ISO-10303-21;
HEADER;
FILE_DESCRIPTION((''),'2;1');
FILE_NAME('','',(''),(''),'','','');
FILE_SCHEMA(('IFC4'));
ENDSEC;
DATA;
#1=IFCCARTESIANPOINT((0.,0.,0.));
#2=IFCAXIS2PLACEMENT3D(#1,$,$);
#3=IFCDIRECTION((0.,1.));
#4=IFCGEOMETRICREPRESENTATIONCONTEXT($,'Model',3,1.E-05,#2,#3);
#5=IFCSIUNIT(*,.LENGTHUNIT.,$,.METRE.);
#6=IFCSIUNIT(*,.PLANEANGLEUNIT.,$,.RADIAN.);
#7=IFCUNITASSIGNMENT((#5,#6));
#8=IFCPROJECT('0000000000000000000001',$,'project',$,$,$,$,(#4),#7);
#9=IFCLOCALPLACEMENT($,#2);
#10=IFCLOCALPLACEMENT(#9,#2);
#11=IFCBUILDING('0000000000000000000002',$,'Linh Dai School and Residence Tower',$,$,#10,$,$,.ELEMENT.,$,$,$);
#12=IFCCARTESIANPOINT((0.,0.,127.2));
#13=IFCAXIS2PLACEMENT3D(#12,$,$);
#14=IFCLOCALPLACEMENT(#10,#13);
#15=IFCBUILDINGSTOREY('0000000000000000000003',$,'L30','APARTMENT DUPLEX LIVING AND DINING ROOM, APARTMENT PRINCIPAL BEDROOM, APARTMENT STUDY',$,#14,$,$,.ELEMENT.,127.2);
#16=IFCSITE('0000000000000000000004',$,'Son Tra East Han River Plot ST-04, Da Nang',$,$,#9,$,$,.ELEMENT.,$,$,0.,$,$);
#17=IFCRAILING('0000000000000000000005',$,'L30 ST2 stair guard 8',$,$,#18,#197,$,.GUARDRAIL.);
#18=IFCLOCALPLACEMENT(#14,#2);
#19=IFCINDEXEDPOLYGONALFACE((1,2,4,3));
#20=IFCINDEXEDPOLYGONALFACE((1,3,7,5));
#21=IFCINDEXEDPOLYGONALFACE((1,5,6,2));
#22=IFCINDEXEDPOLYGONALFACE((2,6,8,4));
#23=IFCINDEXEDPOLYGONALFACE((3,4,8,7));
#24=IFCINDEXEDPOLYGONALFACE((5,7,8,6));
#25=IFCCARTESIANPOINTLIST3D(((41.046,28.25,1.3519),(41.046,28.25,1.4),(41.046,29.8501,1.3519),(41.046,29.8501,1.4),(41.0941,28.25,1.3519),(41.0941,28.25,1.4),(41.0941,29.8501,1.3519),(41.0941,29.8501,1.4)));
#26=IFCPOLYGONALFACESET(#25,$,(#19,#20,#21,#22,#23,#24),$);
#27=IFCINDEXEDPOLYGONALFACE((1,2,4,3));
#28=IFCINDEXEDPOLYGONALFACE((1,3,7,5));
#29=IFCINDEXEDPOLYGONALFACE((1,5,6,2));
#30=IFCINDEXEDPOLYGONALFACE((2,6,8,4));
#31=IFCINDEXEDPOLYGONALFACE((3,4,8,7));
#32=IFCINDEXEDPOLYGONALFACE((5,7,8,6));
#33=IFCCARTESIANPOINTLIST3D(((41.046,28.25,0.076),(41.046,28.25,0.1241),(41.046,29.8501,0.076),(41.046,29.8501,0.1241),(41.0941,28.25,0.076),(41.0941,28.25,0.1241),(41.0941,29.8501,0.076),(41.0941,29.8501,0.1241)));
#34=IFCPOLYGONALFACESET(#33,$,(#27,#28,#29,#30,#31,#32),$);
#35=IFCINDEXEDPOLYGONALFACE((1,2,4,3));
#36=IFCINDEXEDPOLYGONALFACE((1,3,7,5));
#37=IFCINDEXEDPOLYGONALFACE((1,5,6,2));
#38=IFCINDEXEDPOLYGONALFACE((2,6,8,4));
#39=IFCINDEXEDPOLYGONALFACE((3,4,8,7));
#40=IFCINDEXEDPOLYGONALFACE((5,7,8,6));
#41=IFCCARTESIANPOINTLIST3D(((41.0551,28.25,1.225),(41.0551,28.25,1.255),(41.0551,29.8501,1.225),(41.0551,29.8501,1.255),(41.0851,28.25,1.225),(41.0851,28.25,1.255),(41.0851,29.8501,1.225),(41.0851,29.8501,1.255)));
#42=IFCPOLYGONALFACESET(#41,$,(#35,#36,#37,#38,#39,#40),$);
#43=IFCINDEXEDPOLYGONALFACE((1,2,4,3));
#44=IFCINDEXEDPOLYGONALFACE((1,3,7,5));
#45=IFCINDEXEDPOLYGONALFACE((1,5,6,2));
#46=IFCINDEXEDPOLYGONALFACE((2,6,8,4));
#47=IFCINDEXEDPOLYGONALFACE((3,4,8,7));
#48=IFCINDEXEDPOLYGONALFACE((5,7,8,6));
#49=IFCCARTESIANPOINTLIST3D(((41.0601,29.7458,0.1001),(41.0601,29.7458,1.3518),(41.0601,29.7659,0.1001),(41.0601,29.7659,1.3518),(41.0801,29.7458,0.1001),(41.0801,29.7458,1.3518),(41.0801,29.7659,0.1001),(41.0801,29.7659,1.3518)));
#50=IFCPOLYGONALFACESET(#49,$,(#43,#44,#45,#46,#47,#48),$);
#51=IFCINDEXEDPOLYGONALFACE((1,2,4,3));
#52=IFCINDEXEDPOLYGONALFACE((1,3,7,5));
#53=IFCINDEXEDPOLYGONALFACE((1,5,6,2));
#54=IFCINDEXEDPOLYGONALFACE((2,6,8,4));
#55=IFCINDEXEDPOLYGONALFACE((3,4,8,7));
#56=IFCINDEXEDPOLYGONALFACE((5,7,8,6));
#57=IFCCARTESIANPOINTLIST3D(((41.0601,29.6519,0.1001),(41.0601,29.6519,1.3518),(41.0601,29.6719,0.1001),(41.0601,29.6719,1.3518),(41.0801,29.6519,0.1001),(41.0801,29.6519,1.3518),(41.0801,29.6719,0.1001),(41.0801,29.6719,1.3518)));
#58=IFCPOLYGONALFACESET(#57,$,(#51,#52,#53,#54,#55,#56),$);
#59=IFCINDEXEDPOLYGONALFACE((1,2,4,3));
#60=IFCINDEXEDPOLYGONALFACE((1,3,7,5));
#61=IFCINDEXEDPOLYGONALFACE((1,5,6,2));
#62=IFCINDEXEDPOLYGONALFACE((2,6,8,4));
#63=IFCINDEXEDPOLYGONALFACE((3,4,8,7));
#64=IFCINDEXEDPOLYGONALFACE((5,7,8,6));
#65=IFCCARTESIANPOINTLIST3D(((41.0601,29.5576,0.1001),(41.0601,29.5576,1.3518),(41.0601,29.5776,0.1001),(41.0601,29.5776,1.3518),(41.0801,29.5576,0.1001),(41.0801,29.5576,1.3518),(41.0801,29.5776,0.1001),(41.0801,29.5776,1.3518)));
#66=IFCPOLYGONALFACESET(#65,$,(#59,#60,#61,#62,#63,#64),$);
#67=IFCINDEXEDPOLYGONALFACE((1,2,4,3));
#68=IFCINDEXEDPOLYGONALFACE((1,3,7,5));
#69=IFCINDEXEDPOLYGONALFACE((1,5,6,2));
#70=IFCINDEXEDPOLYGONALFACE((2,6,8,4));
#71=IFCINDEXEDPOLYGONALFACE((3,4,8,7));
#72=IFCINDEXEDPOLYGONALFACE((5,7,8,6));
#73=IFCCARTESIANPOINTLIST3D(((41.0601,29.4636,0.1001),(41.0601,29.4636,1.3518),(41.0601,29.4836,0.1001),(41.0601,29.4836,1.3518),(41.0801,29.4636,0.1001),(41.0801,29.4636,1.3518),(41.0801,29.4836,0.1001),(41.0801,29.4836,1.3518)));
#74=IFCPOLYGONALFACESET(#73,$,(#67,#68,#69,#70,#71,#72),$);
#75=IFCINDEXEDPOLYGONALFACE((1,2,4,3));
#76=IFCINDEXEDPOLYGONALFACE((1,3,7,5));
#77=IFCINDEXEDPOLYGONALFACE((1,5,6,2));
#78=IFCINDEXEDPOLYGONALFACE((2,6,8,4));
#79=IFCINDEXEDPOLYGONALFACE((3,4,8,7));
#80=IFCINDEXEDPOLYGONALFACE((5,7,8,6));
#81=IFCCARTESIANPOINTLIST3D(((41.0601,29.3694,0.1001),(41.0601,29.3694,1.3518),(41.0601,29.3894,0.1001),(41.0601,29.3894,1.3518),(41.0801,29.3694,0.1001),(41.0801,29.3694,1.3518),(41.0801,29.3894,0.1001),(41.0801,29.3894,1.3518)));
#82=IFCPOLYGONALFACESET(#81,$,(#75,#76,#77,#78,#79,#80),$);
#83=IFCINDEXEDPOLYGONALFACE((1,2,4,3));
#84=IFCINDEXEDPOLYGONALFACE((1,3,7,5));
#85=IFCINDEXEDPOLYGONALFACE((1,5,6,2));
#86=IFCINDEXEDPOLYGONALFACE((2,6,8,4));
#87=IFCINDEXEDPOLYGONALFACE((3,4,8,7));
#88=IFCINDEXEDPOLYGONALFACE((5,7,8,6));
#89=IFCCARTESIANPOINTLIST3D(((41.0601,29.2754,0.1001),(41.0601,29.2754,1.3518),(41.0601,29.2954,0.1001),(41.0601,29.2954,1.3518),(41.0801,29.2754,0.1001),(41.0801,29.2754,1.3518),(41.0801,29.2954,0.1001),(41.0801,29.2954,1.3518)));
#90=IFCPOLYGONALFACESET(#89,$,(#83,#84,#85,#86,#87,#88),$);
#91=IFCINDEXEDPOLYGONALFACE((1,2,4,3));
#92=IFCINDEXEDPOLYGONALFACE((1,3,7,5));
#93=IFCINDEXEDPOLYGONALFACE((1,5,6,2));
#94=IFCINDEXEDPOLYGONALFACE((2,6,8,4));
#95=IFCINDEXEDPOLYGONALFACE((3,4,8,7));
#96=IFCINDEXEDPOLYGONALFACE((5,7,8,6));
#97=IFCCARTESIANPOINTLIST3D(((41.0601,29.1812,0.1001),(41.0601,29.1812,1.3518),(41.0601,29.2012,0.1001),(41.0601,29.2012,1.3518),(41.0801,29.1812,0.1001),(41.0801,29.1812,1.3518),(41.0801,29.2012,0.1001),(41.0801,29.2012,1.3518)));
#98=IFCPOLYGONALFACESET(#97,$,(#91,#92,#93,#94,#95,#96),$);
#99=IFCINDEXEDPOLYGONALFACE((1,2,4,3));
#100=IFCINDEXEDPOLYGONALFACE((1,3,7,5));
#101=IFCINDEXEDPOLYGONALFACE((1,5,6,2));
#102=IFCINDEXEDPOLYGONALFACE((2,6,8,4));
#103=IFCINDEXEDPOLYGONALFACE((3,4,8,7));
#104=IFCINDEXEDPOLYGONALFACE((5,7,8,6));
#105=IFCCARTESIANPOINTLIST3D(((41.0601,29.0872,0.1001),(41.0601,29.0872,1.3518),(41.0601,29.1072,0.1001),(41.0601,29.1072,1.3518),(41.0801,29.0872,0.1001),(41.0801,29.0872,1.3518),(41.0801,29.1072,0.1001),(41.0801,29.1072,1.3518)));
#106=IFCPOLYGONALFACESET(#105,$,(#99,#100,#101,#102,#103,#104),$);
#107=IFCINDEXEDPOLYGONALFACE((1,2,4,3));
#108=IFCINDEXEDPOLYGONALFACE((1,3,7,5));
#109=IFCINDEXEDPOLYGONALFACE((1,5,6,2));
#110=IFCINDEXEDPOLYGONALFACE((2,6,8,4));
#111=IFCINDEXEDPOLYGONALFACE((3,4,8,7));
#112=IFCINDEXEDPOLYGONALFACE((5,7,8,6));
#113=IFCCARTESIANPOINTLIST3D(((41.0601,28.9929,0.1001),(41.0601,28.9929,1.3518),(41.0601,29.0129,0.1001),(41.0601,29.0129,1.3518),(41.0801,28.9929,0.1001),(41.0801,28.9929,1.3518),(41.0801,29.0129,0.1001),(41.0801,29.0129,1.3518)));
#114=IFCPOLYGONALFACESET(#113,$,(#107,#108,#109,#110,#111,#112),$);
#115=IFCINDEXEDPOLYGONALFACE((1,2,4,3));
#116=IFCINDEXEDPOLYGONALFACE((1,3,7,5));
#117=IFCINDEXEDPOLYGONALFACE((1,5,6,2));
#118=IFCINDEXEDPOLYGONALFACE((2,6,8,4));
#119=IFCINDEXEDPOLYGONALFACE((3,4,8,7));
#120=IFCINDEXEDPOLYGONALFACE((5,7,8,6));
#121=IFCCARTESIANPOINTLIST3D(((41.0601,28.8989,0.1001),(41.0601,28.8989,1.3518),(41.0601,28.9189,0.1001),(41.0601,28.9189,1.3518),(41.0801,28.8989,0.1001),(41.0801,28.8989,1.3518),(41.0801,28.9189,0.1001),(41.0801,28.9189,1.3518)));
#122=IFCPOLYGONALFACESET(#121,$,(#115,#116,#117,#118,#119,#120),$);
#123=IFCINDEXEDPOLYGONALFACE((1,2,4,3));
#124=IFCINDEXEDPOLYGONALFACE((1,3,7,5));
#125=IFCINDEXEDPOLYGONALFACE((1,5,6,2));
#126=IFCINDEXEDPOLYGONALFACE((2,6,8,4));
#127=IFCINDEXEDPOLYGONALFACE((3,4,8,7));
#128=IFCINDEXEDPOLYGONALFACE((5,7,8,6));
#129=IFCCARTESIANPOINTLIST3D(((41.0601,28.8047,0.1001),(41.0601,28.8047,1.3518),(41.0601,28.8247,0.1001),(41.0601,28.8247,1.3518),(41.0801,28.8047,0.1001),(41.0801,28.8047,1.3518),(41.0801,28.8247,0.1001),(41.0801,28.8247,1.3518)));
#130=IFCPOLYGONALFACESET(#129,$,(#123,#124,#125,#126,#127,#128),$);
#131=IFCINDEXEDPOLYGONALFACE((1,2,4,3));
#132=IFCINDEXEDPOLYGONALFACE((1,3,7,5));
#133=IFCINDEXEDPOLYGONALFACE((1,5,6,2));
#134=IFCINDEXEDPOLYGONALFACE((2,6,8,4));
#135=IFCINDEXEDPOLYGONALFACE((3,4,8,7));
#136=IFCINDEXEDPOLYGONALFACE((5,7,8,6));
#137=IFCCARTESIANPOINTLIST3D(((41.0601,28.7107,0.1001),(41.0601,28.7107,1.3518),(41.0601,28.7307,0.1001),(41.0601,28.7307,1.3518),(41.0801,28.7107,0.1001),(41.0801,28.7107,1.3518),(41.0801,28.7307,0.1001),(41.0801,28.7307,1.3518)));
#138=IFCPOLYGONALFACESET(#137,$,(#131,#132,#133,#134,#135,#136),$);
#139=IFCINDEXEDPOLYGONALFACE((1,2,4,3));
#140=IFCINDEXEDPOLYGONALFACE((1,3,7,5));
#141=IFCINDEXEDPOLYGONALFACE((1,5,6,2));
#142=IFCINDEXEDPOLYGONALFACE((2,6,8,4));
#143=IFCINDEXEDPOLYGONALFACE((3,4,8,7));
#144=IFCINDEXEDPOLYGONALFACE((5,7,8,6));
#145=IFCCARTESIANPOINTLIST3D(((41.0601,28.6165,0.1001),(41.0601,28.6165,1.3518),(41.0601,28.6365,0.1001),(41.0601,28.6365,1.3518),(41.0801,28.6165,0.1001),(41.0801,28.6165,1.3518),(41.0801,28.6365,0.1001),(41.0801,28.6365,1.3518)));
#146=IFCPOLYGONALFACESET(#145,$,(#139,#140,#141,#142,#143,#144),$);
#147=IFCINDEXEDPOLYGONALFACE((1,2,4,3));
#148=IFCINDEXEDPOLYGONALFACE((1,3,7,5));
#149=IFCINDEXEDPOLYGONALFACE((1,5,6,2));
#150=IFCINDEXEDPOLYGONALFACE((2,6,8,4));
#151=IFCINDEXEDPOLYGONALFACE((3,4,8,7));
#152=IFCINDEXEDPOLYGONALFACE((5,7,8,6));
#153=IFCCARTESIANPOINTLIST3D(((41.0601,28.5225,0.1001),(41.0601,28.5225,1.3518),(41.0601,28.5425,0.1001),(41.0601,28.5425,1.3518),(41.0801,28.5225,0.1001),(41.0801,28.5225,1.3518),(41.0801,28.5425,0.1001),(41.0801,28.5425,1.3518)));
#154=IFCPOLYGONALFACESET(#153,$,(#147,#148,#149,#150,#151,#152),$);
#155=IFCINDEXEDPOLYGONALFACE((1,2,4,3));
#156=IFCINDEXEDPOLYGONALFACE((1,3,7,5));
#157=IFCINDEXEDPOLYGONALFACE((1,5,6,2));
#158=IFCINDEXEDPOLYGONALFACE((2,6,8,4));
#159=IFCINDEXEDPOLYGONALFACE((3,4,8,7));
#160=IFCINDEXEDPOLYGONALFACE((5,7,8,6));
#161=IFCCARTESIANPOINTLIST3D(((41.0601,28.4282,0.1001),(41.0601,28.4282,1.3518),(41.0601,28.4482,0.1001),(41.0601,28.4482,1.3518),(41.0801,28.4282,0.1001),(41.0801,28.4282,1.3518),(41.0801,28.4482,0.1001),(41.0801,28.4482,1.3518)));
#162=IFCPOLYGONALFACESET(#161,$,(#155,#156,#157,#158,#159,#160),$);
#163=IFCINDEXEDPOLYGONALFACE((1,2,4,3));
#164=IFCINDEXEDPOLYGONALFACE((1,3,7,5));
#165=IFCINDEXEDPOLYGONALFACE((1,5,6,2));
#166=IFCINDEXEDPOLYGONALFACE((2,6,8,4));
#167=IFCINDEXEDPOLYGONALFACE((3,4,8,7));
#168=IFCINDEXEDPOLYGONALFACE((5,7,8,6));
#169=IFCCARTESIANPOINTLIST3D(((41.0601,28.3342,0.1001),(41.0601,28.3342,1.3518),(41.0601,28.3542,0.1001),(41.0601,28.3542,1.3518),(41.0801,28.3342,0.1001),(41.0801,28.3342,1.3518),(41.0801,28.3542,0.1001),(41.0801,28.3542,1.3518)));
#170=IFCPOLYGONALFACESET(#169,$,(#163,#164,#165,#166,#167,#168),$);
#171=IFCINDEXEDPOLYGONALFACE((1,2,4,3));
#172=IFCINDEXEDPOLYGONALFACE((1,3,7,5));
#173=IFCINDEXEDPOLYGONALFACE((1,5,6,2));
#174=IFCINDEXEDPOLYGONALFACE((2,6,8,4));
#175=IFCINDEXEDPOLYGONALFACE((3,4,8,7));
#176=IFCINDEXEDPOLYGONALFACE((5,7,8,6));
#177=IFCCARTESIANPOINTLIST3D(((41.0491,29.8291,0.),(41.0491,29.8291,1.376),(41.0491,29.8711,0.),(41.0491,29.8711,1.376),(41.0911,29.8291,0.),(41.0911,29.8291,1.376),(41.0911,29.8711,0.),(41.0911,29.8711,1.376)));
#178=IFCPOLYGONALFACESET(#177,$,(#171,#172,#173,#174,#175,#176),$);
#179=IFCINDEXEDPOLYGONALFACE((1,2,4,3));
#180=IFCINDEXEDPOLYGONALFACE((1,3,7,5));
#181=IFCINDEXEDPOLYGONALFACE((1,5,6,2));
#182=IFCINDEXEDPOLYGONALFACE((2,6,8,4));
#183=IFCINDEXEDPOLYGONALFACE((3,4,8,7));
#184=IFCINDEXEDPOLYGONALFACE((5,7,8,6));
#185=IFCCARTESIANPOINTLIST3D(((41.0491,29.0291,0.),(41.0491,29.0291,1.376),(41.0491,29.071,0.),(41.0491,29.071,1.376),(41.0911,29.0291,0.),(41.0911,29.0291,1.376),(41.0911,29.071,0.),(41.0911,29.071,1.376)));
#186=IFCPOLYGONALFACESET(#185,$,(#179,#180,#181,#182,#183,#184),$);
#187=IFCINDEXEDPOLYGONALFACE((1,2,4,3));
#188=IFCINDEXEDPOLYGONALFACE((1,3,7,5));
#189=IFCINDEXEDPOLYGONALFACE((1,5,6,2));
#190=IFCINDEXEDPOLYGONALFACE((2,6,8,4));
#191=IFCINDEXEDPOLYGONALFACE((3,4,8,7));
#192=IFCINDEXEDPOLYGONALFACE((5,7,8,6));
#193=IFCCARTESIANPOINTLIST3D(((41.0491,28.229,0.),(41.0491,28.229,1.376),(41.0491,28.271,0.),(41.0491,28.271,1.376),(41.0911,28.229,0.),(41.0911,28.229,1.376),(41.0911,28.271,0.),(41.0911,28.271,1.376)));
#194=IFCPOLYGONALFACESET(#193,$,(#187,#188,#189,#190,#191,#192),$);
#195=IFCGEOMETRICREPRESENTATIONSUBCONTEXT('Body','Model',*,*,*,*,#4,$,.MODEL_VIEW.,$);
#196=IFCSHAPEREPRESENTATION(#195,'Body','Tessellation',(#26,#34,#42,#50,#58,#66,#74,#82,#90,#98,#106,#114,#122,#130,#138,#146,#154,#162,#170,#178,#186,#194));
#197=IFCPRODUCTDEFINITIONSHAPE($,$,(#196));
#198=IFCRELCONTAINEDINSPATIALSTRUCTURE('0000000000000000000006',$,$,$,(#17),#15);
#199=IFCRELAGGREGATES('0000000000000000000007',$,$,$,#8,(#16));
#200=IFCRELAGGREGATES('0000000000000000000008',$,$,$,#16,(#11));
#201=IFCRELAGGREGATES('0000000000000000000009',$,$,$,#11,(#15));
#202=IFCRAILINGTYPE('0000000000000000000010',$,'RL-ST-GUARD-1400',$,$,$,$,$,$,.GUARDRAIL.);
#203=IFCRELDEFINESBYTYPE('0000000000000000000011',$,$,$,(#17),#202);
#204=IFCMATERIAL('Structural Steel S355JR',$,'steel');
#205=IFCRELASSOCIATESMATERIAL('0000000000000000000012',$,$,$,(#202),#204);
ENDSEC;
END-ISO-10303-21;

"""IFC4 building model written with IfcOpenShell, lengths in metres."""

from ifc_helpers import new_model, si_unit, direction, frame, origin, origin_2d, place, context, subcontext, project, spatial, rectangle, extrude, source, transform, mapped, material, type_object, element, save


model = new_model("IFC4")

# Units and contexts
model_context = context("Model", 3, precision=1e-05, world=origin(), true_north=direction((0.0, 1.0)))
body_context = subcontext(model_context, "Body", "Model", "MODEL_VIEW")
ifc_project = project(units=[si_unit("LENGTHUNIT", "METRE"), si_unit("PLANEANGLEUNIT", "RADIAN")], contexts=[model_context])

# Site, building, storey
site_placement = place(None, origin())
site = spatial("IfcSite", under=ifc_project, at=site_placement, Name="Son Tra East Han River Plot ST-04, Da Nang", CompositionType="ELEMENT", RefElevation=0.0)
building_placement = place(site_placement, origin())
building = spatial("IfcBuilding", under=site, at=building_placement, Name="Linh Dai School and Residence Tower", CompositionType="ELEMENT")
storey_placement = place(building_placement, frame((0.0, 0.0, 127.2)))
storey = spatial("IfcBuildingStorey", under=building, at=storey_placement, Name="L30", Description="APARTMENT DUPLEX LIVING AND DINING ROOM, APARTMENT PRINCIPAL BEDROOM, APARTMENT STUDY", CompositionType="ELEMENT", Elevation=127.2)

# Shared definitions
ifc_material_1 = material(Name="Structural Steel S355JR", Category="steel")

# Railing
railing_type_1 = type_object("IfcRailingType", Name="RL-ST-GUARD-1400", PredefinedType="GUARDRAIL", material=ifc_material_1)
shared_shape_1 = source(origin(), body_context, "Body", "SweptSolid", [
    extrude(rectangle(XDim=0.0481, YDim=0.0481, at=origin_2d()), frame((0.0, 0.0, 1.376), z_axis=(0.0, -1.0, 0.0), x_axis=(1.0, 0.0, 0.0)), (0.0, 0.0, 1.0), 1.6001),
    extrude(rectangle(XDim=0.0481, YDim=0.0481, at=origin_2d()), frame((0.0, 0.0, 0.1001), z_axis=(0.0, -1.0, 0.0), x_axis=(1.0, 0.0, 0.0)), (0.0, 0.0, 1.0), 1.6001),
    extrude(rectangle(XDim=0.03, YDim=0.03, at=origin_2d()), frame((0.0, 0.0, 1.24), z_axis=(0.0, -1.0, 0.0), x_axis=(1.0, 0.0, 0.0)), (0.0, 0.0, 1.0), 1.6001),
    extrude(rectangle(XDim=0.02, YDim=0.02, at=origin_2d()), frame((0.0, -0.0942, 0.1001)), (0.0, 0.0, 1.0), 1.2517),
    extrude(rectangle(XDim=0.02, YDim=0.02, at=origin_2d()), frame((0.0, -0.1882, 0.1001)), (0.0, 0.0, 1.0), 1.2517),
    extrude(rectangle(XDim=0.02, YDim=0.02, at=origin_2d()), frame((0.0, -0.2825, 0.1001)), (0.0, 0.0, 1.0), 1.2517),
    extrude(rectangle(XDim=0.02, YDim=0.02, at=origin_2d()), frame((0.0, -0.3765, 0.1001)), (0.0, 0.0, 1.0), 1.2517),
    extrude(rectangle(XDim=0.02, YDim=0.02, at=origin_2d()), frame((0.0, -0.4707, 0.1001)), (0.0, 0.0, 1.0), 1.2517),
    extrude(rectangle(XDim=0.02, YDim=0.02, at=origin_2d()), frame((0.0, -0.5647, 0.1001)), (0.0, 0.0, 1.0), 1.2517),
    extrude(rectangle(XDim=0.02, YDim=0.02, at=origin_2d()), frame((0.0, -0.6589, 0.1001)), (0.0, 0.0, 1.0), 1.2517),
    extrude(rectangle(XDim=0.02, YDim=0.02, at=origin_2d()), frame((0.0, -0.7529, 0.1001)), (0.0, 0.0, 1.0), 1.2517),
    extrude(rectangle(XDim=0.02, YDim=0.02, at=origin_2d()), frame((0.0, -0.8472, 0.1001)), (0.0, 0.0, 1.0), 1.2517),
    extrude(rectangle(XDim=0.02, YDim=0.02, at=origin_2d()), frame((0.0, -0.9412, 0.1001)), (0.0, 0.0, 1.0), 1.2517),
    extrude(rectangle(XDim=0.02, YDim=0.02, at=origin_2d()), frame((0.0, -1.0354, 0.1001)), (0.0, 0.0, 1.0), 1.2517),
    extrude(rectangle(XDim=0.02, YDim=0.02, at=origin_2d()), frame((0.0, -1.1294, 0.1001)), (0.0, 0.0, 1.0), 1.2517),
    extrude(rectangle(XDim=0.02, YDim=0.02, at=origin_2d()), frame((0.0, -1.2236, 0.1001)), (0.0, 0.0, 1.0), 1.2517),
    extrude(rectangle(XDim=0.02, YDim=0.02, at=origin_2d()), frame((0.0, -1.3176, 0.1001)), (0.0, 0.0, 1.0), 1.2517),
    extrude(rectangle(XDim=0.02, YDim=0.02, at=origin_2d()), frame((0.0, -1.4119, 0.1001)), (0.0, 0.0, 1.0), 1.2517),
    extrude(rectangle(XDim=0.02, YDim=0.02, at=origin_2d()), frame((0.0, -1.5059, 0.1001)), (0.0, 0.0, 1.0), 1.2517),
    extrude(rectangle(XDim=0.042, YDim=0.042, at=origin_2d()), origin(), (0.0, 0.0, 1.0), 1.376),
    extrude(rectangle(XDim=0.042, YDim=0.042, at=origin_2d()), frame((0.0, -0.8, 0.0)), (0.0, 0.0, 1.0), 1.376),
    extrude(rectangle(XDim=0.042, YDim=0.042, at=origin_2d()), frame((0.0, -1.6001, 0.0)), (0.0, 0.0, 1.0), 1.376),
])
for number, where, name in (
    (1, (41.0701, 29.8501, 0.0), "L30 ST2 stair guard 8"),
):
    element("IfcRailing", number, at=place(storey_placement, frame(where)), inside=storey, type_object=railing_type_1, Name=name, PredefinedType="GUARDRAIL", context=body_context, shape_type="MappedRepresentation", body=[
        mapped(shared_shape_1, transform((0.0, 0.0, 0.0), x_axis=(1.0, 0.0, 0.0), y_axis=(0.0, 1.0, 0.0), z_axis=(0.0, 0.0, 1.0), scale=1.0)),
    ])

save(model, "model.ifc")
